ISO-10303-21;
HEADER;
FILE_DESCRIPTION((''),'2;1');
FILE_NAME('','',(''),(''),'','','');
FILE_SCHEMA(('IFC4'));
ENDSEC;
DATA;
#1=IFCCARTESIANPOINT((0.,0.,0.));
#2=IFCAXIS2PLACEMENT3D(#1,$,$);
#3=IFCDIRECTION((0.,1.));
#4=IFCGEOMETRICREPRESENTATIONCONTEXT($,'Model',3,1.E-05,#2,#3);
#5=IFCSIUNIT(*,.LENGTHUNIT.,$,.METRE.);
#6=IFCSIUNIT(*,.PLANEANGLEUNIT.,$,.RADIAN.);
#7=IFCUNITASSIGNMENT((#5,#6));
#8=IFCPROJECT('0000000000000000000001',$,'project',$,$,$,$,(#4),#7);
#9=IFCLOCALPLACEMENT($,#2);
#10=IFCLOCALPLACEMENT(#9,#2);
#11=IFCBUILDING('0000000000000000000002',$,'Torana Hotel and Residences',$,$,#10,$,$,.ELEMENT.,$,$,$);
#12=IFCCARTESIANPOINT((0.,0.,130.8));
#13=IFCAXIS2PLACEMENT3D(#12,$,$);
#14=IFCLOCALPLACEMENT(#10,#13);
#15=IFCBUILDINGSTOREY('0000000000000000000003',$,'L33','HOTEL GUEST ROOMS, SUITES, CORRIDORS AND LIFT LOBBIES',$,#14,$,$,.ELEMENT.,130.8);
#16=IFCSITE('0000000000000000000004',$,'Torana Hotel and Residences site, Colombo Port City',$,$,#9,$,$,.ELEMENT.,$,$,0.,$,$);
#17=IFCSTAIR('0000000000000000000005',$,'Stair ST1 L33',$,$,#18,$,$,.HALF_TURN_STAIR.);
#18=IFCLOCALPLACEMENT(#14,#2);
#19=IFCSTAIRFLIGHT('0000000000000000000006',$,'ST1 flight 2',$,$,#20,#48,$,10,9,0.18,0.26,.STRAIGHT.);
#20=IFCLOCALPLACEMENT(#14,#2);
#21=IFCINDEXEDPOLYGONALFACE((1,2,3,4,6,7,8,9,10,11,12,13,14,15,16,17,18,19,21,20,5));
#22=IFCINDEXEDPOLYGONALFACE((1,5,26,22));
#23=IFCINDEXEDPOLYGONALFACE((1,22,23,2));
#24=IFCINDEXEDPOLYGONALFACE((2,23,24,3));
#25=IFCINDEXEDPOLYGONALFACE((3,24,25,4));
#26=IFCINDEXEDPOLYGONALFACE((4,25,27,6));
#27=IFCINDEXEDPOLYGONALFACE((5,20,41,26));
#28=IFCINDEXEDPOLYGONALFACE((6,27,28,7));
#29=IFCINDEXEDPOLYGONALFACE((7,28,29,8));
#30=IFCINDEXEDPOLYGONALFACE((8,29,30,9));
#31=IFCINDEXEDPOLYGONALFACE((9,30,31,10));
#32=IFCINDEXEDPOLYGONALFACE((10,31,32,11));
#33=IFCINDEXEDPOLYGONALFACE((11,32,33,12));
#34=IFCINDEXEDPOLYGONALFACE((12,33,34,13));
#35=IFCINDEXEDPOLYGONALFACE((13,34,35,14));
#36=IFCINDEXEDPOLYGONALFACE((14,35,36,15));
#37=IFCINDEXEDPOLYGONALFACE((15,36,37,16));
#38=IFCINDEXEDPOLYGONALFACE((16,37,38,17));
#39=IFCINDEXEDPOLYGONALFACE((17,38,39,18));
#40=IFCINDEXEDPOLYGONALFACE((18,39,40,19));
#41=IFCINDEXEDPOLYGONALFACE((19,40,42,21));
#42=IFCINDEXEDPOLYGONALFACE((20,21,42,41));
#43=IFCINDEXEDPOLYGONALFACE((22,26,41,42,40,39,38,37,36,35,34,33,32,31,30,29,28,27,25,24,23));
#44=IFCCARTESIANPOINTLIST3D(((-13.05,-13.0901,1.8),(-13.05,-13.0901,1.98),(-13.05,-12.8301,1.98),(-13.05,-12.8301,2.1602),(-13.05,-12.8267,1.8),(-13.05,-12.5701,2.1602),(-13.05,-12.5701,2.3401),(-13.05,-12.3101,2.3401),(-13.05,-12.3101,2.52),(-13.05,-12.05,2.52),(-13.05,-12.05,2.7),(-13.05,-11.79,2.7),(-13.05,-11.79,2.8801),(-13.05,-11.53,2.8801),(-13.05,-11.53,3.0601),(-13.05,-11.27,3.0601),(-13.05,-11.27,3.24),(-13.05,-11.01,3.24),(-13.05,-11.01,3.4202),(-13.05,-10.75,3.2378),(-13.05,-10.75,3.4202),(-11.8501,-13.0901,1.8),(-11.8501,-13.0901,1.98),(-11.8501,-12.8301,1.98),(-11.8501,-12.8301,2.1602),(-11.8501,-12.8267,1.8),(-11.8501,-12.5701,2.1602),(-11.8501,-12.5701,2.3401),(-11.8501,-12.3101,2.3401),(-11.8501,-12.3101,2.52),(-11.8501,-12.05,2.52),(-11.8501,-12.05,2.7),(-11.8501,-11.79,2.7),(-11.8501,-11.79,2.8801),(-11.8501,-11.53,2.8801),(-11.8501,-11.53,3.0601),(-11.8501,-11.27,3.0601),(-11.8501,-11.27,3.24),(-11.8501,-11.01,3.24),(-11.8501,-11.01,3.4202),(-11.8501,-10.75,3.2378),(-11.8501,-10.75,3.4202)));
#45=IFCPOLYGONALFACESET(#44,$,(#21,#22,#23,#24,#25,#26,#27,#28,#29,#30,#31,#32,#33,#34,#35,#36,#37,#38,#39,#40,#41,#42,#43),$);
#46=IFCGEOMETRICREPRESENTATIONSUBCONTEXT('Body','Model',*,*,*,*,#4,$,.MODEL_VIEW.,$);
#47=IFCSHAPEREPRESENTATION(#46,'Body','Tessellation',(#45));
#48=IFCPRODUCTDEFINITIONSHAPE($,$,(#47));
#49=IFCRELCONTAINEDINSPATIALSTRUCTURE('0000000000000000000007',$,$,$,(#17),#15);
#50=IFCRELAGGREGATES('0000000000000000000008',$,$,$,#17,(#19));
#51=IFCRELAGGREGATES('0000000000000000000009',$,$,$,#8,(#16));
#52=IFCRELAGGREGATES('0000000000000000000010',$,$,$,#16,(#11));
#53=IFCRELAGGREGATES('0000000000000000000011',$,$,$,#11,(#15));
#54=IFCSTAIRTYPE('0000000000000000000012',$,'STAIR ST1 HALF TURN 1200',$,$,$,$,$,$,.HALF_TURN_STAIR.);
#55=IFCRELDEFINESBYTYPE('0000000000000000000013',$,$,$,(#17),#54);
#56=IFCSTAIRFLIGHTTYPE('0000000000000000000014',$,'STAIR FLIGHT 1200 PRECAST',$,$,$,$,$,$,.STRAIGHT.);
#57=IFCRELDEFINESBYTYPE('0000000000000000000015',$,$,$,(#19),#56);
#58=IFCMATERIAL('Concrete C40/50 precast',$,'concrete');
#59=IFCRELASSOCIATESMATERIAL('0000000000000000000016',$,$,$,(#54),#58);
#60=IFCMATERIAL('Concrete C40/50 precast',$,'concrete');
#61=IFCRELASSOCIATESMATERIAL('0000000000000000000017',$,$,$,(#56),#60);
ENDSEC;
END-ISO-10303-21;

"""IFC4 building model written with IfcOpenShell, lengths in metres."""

from ifc_helpers import new_model, si_unit, direction, frame, origin, place, context, subcontext, project, spatial, polyline, outline, extrude, material, type_object, element, aggregate, save


model = new_model("IFC4")

# Units and contexts
model_context = context("Model", 3, precision=1e-05, world=origin(), true_north=direction((0.0, 1.0)))
body_context = subcontext(model_context, "Body", "Model", "MODEL_VIEW")
ifc_project = project(units=[si_unit("LENGTHUNIT", "METRE"), si_unit("PLANEANGLEUNIT", "RADIAN")], contexts=[model_context])

# Site, building, storey
site_placement = place(None, origin())
site = spatial("IfcSite", under=ifc_project, at=site_placement, Name="Torana Hotel and Residences site, Colombo Port City", CompositionType="ELEMENT", RefElevation=0.0)
building_placement = place(site_placement, origin())
building = spatial("IfcBuilding", under=site, at=building_placement, Name="Torana Hotel and Residences", CompositionType="ELEMENT")
storey_placement = place(building_placement, frame((0.0, 0.0, 130.8)))
storey = spatial("IfcBuildingStorey", under=building, at=storey_placement, Name="L33", Description="HOTEL GUEST ROOMS, SUITES, CORRIDORS AND LIFT LOBBIES", CompositionType="ELEMENT", Elevation=130.8)

# Stair, stair flight
ifc_material_1 = material(Name="Concrete C40/50 precast", Category="concrete")
stair_type = type_object("IfcStairType", Name="STAIR ST1 HALF TURN 1200", PredefinedType="HALF_TURN_STAIR", material=ifc_material_1)
stair_placement = place(storey_placement, origin())
stair = element("IfcStair", 1, at=stair_placement, inside=storey, type_object=stair_type, Name="Stair ST1 L33", PredefinedType="HALF_TURN_STAIR")
ifc_material_2 = material(Name="Concrete C40/50 precast", Category="concrete")
stair_flight_type = type_object("IfcStairFlightType", Name="STAIR FLIGHT 1200 PRECAST", PredefinedType="STRAIGHT", material=ifc_material_2)
stair_flight_placement = place(storey_placement, frame((-12.45, -13.0901, 1.8), z_axis=(0.0, 0.0, 1.0), x_axis=(0.0, 1.0, 0.0)))
stair_flight = element("IfcStairFlight", 2, at=stair_flight_placement, type_object=stair_flight_type, Name="ST1 flight 2", NumberOfRisers=10, NumberOfTreads=9, PredefinedType="STRAIGHT", RiserHeight=0.18, TreadLength=0.26, context=body_context, shape_type="SweptSolid", body=[
    extrude(outline(polyline([(0.0, 0.0), (0.0, 0.1799), (0.26, 0.1799), (0.26, 0.3601), (0.52, 0.3601), (0.52, 0.54), (0.78, 0.54), (0.78, 0.72), (1.04, 0.72), (1.04, 0.8999), (1.3, 0.8999), (1.3, 1.0801), (1.5601, 1.0801), (1.5601, 1.26), (1.8201, 1.26), (1.8201, 1.4399), (2.0801, 1.4399), (2.0801, 1.6201), (2.3401, 1.6201), (2.3401, 1.8), (2.3401, 1.4377), (0.2634, 0.0), (0.0, 0.0)])), frame((0.0, 0.6001, 0.0), z_axis=(0.0, -1.0, 0.0), x_axis=(1.0, 0.0, 0.0)), (0.0, 0.0, 1.0), 1.2),
])
aggregate(stair, [stair_flight])

save(model, "model.ifc")
